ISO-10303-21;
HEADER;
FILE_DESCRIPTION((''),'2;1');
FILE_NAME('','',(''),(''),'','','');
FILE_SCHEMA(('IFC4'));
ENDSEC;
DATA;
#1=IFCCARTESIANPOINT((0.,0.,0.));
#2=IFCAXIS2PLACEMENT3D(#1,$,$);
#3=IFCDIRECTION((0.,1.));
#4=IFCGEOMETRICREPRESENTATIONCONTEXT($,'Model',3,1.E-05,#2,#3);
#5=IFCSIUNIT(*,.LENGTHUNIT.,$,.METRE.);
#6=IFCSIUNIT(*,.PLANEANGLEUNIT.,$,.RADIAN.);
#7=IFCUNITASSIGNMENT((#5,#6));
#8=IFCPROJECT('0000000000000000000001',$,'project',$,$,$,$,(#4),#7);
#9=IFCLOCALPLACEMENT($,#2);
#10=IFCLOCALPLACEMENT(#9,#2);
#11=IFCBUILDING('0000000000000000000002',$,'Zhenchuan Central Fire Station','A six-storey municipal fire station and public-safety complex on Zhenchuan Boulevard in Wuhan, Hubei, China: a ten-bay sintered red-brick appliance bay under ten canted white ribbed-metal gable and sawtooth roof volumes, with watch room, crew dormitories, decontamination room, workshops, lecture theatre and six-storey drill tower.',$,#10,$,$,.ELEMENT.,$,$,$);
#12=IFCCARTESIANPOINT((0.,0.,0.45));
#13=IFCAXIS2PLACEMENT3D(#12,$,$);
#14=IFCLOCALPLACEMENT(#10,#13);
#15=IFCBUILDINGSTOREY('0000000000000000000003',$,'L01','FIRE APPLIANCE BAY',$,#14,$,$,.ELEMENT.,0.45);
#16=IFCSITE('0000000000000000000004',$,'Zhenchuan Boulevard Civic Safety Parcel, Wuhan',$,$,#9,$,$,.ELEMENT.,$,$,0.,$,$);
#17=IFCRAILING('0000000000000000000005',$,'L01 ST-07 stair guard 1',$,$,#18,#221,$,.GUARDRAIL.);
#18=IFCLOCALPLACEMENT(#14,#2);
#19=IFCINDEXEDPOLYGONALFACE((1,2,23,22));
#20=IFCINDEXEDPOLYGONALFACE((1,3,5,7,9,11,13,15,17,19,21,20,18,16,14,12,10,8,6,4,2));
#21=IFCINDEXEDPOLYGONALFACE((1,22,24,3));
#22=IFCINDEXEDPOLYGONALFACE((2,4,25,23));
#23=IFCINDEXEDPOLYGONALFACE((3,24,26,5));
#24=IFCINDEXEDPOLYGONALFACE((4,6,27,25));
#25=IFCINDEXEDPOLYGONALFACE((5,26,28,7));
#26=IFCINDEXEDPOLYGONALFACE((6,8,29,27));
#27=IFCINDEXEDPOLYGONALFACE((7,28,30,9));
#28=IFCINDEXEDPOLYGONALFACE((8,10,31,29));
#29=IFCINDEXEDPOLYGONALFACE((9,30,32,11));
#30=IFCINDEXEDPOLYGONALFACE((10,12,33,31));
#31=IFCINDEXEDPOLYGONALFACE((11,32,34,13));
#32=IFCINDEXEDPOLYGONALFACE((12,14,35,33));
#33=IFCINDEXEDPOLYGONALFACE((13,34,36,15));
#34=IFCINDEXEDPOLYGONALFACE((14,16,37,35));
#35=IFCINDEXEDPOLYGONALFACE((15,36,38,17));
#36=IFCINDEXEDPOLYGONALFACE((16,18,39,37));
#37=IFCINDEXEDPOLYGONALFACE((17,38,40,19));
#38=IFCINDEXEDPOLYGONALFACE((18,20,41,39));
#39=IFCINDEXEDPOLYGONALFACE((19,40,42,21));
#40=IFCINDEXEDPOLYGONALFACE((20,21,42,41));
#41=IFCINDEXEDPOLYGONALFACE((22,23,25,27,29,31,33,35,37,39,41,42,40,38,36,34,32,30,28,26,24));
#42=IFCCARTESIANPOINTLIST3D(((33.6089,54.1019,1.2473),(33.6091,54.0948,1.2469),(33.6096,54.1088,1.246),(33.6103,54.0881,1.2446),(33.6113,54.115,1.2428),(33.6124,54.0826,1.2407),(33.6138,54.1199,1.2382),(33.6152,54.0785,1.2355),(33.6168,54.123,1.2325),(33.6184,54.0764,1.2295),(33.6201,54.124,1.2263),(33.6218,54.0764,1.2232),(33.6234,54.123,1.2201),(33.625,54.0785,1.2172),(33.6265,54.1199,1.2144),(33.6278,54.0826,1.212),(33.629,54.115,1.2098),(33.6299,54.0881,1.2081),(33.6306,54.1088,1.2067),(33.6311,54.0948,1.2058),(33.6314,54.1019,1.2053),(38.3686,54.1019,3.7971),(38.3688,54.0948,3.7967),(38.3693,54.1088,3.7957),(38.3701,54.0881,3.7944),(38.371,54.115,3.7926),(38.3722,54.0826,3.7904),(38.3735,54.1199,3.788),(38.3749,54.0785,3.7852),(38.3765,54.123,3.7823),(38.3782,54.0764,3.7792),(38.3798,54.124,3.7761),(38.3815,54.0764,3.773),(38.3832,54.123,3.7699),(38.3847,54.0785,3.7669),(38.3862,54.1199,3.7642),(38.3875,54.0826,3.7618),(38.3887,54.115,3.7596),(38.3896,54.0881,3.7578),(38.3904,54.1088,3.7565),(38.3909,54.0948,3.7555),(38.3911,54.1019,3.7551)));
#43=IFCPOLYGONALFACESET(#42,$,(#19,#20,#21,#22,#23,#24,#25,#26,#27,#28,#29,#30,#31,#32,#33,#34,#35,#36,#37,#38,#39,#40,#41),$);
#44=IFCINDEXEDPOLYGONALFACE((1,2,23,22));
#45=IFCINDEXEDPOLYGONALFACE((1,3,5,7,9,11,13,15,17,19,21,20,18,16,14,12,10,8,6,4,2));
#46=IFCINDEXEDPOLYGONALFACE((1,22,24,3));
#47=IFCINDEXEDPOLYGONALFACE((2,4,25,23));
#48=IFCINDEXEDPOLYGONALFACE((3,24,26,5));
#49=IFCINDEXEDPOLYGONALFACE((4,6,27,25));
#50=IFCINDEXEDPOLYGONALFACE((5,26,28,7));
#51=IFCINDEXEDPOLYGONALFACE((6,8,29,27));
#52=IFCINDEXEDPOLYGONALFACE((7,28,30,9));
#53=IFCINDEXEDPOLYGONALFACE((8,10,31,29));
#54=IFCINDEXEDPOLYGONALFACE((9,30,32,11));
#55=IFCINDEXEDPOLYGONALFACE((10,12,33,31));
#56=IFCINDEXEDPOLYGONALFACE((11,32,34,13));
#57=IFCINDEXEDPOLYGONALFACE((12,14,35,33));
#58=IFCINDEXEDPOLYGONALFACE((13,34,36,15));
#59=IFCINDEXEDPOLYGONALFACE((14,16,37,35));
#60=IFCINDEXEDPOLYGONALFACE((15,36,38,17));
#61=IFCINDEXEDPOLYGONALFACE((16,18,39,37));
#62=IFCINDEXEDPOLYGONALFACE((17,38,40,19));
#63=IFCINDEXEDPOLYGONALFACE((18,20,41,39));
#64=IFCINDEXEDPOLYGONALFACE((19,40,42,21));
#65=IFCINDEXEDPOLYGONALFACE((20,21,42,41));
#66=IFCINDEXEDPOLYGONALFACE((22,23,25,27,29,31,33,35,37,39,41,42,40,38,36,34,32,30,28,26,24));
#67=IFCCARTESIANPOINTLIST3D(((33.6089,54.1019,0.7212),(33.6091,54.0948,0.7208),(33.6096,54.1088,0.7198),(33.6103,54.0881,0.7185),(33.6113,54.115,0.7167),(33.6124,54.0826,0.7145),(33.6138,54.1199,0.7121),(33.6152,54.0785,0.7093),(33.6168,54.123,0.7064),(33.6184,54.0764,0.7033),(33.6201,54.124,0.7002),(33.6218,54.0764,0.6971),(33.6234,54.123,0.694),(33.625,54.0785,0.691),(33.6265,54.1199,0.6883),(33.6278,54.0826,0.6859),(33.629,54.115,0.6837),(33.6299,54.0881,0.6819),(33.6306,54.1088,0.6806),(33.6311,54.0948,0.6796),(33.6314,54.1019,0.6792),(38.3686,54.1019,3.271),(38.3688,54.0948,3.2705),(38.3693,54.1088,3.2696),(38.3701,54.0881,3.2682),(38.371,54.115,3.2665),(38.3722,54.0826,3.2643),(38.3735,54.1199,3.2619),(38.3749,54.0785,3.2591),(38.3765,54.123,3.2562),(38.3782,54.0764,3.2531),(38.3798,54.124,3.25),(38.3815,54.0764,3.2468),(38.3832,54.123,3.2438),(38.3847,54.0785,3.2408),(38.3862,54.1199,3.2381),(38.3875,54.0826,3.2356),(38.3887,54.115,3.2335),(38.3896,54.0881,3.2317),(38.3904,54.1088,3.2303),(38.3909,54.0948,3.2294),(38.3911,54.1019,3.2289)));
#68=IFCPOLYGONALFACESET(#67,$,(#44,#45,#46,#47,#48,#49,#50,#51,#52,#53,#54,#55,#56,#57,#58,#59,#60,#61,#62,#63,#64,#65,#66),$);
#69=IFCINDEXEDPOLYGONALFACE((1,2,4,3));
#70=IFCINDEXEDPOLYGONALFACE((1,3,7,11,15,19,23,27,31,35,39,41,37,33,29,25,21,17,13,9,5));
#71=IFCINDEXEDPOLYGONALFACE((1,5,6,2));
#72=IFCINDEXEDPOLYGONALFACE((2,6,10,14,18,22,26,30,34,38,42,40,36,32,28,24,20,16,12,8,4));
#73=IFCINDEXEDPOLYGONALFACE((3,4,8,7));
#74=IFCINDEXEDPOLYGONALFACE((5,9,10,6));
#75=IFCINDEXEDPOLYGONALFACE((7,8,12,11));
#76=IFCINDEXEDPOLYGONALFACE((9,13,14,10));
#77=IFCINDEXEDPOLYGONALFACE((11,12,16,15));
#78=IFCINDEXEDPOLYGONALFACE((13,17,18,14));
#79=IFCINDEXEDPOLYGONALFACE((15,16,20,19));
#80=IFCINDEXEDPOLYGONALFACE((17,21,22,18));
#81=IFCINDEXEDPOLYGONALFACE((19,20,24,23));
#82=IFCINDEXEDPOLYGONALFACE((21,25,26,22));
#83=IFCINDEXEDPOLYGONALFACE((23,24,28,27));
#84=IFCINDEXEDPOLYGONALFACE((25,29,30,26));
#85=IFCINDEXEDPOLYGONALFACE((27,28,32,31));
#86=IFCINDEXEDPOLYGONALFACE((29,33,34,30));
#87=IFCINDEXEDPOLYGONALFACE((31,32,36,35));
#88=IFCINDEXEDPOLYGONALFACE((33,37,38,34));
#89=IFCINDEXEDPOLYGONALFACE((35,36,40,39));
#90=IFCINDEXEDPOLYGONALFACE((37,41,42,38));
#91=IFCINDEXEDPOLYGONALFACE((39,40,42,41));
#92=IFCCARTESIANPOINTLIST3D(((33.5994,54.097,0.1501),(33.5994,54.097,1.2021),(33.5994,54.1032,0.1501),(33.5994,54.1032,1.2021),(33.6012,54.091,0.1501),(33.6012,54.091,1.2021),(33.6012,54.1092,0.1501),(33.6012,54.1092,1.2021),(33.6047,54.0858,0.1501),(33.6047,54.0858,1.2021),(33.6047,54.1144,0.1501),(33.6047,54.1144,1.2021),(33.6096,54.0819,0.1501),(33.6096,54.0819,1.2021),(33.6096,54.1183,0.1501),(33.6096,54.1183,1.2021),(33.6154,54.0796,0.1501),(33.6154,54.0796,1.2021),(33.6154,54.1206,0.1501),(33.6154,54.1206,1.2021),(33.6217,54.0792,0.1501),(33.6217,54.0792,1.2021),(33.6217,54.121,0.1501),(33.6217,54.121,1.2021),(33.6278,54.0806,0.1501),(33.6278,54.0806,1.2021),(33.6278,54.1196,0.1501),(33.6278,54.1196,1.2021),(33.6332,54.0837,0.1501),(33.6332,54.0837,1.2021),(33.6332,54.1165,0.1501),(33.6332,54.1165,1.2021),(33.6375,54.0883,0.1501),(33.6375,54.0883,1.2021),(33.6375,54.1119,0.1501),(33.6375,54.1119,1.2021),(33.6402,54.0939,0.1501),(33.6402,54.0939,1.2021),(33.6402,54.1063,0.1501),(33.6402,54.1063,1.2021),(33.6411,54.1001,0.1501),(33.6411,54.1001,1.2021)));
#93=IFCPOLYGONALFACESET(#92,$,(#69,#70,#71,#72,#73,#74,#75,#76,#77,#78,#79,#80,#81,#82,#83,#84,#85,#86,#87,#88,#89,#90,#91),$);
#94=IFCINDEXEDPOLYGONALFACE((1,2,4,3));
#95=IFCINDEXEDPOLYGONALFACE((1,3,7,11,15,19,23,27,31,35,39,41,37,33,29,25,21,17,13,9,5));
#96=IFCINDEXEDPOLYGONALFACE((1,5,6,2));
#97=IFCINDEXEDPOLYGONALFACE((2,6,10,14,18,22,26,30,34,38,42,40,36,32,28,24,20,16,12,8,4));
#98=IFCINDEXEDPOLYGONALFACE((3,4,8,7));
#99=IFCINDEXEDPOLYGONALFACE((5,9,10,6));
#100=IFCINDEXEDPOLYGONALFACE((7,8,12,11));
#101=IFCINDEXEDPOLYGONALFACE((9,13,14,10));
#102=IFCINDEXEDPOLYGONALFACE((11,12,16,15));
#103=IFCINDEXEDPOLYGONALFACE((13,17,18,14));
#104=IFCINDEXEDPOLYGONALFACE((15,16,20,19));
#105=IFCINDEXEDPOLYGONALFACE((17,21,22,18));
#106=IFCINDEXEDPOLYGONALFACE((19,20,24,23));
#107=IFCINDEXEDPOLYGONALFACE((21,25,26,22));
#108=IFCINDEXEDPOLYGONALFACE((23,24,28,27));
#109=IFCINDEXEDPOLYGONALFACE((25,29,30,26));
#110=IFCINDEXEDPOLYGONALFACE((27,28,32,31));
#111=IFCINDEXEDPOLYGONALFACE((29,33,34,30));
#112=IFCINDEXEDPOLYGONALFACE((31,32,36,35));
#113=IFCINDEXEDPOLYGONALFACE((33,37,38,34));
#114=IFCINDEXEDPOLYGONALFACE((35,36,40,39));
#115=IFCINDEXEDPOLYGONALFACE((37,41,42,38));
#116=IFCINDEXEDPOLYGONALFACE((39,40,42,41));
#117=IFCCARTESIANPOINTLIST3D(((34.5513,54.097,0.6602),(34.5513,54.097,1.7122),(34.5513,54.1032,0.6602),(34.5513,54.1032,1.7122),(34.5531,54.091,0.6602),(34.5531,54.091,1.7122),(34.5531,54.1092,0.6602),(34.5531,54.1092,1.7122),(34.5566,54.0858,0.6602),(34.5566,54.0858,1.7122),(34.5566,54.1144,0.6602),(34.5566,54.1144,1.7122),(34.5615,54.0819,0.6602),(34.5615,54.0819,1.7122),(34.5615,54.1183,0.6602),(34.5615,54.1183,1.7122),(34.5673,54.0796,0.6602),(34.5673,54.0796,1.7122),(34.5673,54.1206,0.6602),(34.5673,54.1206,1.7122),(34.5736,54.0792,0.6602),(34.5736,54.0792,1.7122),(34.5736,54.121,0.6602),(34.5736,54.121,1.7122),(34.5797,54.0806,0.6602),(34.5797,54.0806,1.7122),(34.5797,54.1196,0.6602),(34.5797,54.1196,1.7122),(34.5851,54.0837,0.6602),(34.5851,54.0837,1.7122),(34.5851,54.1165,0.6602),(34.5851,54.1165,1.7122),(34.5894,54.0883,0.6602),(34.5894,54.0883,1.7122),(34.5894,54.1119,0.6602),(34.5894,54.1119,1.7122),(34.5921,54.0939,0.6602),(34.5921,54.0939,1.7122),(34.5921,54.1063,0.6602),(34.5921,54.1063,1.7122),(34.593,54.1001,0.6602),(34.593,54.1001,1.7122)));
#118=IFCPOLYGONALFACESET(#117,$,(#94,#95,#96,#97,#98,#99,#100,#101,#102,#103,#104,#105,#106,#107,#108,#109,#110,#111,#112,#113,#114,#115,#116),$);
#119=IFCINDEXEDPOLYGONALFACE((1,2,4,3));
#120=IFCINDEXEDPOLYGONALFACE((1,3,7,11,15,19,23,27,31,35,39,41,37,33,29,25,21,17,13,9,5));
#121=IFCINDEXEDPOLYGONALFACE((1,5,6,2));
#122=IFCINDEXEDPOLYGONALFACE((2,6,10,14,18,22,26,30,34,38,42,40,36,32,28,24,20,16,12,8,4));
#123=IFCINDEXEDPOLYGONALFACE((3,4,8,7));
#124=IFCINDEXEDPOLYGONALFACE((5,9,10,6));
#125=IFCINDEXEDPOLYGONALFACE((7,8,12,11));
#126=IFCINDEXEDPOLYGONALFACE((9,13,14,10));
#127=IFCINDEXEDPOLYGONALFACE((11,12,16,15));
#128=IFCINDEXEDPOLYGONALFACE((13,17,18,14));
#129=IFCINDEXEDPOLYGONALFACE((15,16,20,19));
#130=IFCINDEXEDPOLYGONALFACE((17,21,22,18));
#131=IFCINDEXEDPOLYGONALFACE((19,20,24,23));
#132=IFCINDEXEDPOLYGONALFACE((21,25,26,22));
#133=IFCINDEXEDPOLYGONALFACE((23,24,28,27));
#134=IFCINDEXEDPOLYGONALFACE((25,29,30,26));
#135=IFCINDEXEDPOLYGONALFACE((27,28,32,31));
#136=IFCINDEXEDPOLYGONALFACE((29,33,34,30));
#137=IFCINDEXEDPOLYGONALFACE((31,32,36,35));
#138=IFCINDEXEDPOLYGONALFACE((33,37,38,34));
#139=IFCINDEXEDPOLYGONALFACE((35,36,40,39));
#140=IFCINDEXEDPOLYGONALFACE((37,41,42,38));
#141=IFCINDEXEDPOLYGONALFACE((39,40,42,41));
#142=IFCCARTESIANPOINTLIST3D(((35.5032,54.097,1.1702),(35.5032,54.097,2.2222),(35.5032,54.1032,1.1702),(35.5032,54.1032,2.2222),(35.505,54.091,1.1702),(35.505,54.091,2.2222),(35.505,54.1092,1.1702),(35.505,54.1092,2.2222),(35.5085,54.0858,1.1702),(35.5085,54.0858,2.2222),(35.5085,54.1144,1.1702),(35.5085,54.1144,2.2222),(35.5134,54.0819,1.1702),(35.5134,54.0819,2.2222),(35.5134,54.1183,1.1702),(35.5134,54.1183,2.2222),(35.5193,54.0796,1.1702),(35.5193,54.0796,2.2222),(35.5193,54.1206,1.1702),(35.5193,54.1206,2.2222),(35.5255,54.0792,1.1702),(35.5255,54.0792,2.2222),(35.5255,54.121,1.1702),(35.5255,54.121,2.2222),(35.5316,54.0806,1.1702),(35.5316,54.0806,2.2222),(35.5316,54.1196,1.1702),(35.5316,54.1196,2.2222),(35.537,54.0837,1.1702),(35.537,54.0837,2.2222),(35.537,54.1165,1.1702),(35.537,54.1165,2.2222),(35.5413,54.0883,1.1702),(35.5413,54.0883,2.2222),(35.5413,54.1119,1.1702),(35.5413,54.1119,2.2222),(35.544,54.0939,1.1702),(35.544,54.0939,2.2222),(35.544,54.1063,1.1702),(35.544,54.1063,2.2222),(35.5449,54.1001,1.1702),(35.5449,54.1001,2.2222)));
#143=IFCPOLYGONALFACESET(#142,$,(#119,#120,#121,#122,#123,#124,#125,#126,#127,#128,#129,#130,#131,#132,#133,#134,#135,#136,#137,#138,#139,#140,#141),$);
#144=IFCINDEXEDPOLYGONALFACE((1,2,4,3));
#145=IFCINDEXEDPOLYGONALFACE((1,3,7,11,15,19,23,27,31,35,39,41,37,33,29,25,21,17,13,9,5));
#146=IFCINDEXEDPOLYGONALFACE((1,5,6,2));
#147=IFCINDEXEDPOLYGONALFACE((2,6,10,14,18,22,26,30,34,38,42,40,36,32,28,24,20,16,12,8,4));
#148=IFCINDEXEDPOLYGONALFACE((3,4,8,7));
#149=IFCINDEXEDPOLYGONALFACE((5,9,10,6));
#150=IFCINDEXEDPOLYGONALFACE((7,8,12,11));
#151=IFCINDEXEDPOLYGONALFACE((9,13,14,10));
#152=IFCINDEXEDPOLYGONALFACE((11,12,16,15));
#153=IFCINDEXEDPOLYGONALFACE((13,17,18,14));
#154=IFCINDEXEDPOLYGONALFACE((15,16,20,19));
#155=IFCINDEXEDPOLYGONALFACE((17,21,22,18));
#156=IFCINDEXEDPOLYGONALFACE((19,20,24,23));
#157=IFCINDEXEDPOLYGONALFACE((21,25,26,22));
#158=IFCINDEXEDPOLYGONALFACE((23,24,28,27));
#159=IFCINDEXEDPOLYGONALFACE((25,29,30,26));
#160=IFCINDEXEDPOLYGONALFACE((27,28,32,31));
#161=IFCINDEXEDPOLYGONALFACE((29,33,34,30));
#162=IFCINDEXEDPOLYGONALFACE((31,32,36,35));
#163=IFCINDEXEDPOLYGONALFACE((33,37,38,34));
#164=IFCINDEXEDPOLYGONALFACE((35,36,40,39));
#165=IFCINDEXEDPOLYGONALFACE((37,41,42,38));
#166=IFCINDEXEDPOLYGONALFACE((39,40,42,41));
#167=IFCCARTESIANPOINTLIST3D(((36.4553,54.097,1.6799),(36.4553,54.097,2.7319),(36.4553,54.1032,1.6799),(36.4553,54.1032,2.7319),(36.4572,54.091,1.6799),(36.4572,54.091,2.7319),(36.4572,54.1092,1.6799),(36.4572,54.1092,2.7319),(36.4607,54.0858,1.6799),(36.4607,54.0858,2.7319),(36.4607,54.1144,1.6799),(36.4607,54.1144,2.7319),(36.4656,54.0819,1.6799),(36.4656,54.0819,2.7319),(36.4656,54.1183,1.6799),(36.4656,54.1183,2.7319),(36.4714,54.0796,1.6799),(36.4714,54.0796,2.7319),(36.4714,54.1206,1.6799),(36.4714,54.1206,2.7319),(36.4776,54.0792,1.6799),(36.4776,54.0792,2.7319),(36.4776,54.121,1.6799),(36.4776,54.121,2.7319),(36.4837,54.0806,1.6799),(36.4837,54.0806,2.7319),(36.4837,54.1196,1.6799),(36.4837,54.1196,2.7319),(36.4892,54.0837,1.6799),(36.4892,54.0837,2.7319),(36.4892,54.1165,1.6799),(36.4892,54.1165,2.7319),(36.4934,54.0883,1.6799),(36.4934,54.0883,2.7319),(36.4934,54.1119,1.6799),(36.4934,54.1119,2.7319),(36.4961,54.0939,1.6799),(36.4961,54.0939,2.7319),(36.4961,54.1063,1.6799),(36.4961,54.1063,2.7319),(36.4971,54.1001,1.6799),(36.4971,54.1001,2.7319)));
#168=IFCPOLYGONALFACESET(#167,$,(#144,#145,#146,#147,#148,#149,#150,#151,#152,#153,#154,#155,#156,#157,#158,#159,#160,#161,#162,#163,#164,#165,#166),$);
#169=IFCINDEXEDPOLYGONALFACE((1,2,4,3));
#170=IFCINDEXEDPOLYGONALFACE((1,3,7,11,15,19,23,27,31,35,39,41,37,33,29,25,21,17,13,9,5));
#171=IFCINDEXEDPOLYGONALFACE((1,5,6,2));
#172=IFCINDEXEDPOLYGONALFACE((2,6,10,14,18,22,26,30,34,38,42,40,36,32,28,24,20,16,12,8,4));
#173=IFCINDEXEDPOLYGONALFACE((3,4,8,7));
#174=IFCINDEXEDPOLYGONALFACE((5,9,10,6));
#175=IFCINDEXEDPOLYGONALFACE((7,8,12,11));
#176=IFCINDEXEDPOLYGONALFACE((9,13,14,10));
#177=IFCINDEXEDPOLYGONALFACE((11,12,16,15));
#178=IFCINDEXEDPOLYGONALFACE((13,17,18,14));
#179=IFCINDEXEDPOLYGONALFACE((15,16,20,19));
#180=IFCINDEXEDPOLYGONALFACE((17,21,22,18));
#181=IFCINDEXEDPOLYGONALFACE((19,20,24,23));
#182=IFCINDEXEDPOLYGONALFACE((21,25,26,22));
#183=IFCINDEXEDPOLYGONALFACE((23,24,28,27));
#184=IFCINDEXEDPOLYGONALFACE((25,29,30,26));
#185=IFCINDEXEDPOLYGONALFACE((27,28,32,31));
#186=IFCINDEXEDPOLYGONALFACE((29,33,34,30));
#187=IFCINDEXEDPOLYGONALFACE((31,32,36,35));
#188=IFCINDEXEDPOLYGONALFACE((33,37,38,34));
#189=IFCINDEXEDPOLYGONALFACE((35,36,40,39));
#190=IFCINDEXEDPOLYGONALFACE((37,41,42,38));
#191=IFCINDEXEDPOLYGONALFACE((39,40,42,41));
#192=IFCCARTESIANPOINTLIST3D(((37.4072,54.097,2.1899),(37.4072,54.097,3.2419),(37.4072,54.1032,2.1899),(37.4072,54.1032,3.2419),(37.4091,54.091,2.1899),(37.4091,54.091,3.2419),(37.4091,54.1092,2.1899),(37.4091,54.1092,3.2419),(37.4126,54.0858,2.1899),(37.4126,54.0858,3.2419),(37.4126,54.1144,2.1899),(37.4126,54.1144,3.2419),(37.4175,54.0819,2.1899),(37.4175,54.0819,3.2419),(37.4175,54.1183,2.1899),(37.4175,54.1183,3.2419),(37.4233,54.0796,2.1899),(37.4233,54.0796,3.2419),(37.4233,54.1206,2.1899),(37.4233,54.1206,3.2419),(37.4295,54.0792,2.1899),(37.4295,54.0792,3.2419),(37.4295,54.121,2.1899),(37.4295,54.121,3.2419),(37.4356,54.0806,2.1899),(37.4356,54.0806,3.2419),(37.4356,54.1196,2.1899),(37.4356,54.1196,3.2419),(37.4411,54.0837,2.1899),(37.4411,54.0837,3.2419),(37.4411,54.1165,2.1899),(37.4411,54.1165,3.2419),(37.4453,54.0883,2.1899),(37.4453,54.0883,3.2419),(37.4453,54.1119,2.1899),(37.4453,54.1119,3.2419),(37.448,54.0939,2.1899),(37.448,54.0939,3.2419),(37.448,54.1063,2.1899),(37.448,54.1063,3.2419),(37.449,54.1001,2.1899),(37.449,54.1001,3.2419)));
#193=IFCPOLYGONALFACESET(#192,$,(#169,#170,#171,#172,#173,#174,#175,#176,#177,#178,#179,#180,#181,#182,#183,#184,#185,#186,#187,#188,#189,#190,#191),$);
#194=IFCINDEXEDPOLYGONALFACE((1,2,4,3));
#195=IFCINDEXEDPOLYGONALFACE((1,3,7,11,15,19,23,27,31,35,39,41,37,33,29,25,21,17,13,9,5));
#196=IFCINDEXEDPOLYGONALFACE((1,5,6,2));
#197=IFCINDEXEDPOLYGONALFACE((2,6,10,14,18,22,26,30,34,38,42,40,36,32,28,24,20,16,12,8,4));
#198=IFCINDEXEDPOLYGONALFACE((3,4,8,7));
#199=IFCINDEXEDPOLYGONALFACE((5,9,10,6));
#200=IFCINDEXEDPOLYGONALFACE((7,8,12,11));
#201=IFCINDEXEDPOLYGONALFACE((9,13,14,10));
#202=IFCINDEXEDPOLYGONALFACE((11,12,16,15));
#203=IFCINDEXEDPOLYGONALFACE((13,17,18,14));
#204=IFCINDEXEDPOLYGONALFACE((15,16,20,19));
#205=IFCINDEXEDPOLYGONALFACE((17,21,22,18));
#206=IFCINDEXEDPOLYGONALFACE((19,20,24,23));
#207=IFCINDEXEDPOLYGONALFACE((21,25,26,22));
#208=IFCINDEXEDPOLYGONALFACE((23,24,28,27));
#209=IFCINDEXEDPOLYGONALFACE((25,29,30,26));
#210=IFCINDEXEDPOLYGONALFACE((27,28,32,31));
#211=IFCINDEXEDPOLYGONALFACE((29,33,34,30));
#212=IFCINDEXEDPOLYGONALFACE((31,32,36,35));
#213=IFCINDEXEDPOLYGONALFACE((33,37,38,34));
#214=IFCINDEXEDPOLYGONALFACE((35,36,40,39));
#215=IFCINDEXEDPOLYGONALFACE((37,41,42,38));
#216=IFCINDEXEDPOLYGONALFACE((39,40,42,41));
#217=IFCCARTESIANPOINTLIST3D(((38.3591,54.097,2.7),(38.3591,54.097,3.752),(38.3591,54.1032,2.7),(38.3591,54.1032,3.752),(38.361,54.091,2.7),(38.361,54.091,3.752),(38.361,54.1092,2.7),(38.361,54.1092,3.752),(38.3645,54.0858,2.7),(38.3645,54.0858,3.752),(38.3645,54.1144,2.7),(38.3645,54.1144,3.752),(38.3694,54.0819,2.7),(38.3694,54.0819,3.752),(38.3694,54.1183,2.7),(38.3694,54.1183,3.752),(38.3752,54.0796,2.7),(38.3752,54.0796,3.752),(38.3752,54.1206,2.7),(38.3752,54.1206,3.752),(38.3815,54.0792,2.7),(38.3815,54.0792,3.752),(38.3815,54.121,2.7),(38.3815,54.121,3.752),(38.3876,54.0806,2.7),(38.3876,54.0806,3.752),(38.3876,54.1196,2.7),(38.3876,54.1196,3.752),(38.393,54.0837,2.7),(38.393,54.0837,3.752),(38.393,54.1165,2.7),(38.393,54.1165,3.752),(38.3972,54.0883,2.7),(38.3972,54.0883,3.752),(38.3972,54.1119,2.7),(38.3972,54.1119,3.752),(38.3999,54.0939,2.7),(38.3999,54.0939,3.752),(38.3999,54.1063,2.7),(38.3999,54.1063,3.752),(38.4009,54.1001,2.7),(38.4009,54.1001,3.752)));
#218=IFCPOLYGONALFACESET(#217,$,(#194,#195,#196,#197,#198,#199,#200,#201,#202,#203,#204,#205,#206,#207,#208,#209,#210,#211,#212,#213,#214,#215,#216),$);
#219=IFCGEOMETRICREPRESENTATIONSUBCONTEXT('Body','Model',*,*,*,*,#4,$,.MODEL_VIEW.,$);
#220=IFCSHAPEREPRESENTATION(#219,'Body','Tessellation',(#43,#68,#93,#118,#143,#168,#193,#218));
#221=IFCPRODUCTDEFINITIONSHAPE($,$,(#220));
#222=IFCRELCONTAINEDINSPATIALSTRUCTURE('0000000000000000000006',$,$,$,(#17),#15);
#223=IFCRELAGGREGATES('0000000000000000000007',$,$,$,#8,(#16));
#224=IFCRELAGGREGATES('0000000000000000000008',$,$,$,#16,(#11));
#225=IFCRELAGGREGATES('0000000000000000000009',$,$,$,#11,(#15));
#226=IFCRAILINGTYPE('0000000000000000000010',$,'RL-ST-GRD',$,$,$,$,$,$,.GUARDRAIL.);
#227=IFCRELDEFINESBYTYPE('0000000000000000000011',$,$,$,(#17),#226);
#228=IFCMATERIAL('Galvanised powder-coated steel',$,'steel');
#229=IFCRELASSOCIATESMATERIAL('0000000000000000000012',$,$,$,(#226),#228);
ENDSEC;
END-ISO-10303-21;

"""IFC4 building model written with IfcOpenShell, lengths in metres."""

from ifc_helpers import new_model, si_unit, direction, frame, origin, origin_2d, place, context, subcontext, project, spatial, circle, extrude, material, type_object, element, save


model = new_model("IFC4")

# Units and contexts
model_context = context("Model", 3, precision=1e-05, world=origin(), true_north=direction((0.0, 1.0)))
body_context = subcontext(model_context, "Body", "Model", "MODEL_VIEW")
ifc_project = project(units=[si_unit("LENGTHUNIT", "METRE"), si_unit("PLANEANGLEUNIT", "RADIAN")], contexts=[model_context])

# Site, building, storey
site_placement = place(None, origin())
site = spatial("IfcSite", under=ifc_project, at=site_placement, Name="Zhenchuan Boulevard Civic Safety Parcel, Wuhan", CompositionType="ELEMENT", RefElevation=0.0)
building_placement = place(site_placement, origin())
building = spatial("IfcBuilding", under=site, at=building_placement, Name="Zhenchuan Central Fire Station", Description="A six-storey municipal fire station and public-safety complex on Zhenchuan Boulevard in Wuhan, Hubei, China: a ten-bay sintered red-brick appliance bay under ten canted white ribbed-metal gable and sawtooth roof volumes, with watch room, crew dormitories, decontamination room, workshops, lecture theatre and six-storey drill tower.", CompositionType="ELEMENT")
storey_placement = place(building_placement, frame((0.0, 0.0, 0.45)))
storey = spatial("IfcBuildingStorey", under=building, at=storey_placement, Name="L01", Description="FIRE APPLIANCE BAY", CompositionType="ELEMENT", Elevation=0.45)

# Railing
ifc_material_1 = material(Name="Galvanised powder-coated steel", Category="steel")
railing_type_1 = type_object("IfcRailingType", Name="RL-ST-GRD", PredefinedType="GUARDRAIL", material=ifc_material_1)
railing_1_placement = place(storey_placement, frame((33.6201, 54.1001, 0.1501)))
element("IfcRailing", 1, at=railing_1_placement, inside=storey, type_object=railing_type_1, Name="L01 ST-07 stair guard 1", PredefinedType="GUARDRAIL", context=body_context, shape_type="SweptSolid", body=[
    extrude(circle(Radius=0.0239, at=origin_2d()), frame((0.0, 0.0, 1.0762), z_axis=(0.881485, 0.0, 0.472211), x_axis=(0.0, 1.0, 0.0)), (0.0, 0.0, 1.0), 5.3997),
    extrude(circle(Radius=0.0239, at=origin_2d()), frame((0.0, 0.0, 0.55), z_axis=(0.881485, 0.0, 0.472211), x_axis=(0.0, 1.0, 0.0)), (0.0, 0.0, 1.0), 5.3997),
    extrude(circle(Radius=0.021, at=origin_2d()), origin(), (0.0, 0.0, 1.0), 1.052),
    extrude(circle(Radius=0.021, at=origin_2d()), frame((0.9519, 0.0, 0.51)), (0.0, 0.0, 1.0), 1.052),
    extrude(circle(Radius=0.021, at=origin_2d()), frame((1.9038, 0.0, 1.02)), (0.0, 0.0, 1.0), 1.052),
    extrude(circle(Radius=0.021, at=origin_2d()), frame((2.856, 0.0, 1.5298)), (0.0, 0.0, 1.0), 1.052),
    extrude(circle(Radius=0.021, at=origin_2d()), frame((3.8079, 0.0, 2.0398)), (0.0, 0.0, 1.0), 1.052),
    extrude(circle(Radius=0.021, at=origin_2d()), frame((4.7598, 0.0, 2.5498)), (0.0, 0.0, 1.0), 1.052),
])

save(model, "model.ifc")
